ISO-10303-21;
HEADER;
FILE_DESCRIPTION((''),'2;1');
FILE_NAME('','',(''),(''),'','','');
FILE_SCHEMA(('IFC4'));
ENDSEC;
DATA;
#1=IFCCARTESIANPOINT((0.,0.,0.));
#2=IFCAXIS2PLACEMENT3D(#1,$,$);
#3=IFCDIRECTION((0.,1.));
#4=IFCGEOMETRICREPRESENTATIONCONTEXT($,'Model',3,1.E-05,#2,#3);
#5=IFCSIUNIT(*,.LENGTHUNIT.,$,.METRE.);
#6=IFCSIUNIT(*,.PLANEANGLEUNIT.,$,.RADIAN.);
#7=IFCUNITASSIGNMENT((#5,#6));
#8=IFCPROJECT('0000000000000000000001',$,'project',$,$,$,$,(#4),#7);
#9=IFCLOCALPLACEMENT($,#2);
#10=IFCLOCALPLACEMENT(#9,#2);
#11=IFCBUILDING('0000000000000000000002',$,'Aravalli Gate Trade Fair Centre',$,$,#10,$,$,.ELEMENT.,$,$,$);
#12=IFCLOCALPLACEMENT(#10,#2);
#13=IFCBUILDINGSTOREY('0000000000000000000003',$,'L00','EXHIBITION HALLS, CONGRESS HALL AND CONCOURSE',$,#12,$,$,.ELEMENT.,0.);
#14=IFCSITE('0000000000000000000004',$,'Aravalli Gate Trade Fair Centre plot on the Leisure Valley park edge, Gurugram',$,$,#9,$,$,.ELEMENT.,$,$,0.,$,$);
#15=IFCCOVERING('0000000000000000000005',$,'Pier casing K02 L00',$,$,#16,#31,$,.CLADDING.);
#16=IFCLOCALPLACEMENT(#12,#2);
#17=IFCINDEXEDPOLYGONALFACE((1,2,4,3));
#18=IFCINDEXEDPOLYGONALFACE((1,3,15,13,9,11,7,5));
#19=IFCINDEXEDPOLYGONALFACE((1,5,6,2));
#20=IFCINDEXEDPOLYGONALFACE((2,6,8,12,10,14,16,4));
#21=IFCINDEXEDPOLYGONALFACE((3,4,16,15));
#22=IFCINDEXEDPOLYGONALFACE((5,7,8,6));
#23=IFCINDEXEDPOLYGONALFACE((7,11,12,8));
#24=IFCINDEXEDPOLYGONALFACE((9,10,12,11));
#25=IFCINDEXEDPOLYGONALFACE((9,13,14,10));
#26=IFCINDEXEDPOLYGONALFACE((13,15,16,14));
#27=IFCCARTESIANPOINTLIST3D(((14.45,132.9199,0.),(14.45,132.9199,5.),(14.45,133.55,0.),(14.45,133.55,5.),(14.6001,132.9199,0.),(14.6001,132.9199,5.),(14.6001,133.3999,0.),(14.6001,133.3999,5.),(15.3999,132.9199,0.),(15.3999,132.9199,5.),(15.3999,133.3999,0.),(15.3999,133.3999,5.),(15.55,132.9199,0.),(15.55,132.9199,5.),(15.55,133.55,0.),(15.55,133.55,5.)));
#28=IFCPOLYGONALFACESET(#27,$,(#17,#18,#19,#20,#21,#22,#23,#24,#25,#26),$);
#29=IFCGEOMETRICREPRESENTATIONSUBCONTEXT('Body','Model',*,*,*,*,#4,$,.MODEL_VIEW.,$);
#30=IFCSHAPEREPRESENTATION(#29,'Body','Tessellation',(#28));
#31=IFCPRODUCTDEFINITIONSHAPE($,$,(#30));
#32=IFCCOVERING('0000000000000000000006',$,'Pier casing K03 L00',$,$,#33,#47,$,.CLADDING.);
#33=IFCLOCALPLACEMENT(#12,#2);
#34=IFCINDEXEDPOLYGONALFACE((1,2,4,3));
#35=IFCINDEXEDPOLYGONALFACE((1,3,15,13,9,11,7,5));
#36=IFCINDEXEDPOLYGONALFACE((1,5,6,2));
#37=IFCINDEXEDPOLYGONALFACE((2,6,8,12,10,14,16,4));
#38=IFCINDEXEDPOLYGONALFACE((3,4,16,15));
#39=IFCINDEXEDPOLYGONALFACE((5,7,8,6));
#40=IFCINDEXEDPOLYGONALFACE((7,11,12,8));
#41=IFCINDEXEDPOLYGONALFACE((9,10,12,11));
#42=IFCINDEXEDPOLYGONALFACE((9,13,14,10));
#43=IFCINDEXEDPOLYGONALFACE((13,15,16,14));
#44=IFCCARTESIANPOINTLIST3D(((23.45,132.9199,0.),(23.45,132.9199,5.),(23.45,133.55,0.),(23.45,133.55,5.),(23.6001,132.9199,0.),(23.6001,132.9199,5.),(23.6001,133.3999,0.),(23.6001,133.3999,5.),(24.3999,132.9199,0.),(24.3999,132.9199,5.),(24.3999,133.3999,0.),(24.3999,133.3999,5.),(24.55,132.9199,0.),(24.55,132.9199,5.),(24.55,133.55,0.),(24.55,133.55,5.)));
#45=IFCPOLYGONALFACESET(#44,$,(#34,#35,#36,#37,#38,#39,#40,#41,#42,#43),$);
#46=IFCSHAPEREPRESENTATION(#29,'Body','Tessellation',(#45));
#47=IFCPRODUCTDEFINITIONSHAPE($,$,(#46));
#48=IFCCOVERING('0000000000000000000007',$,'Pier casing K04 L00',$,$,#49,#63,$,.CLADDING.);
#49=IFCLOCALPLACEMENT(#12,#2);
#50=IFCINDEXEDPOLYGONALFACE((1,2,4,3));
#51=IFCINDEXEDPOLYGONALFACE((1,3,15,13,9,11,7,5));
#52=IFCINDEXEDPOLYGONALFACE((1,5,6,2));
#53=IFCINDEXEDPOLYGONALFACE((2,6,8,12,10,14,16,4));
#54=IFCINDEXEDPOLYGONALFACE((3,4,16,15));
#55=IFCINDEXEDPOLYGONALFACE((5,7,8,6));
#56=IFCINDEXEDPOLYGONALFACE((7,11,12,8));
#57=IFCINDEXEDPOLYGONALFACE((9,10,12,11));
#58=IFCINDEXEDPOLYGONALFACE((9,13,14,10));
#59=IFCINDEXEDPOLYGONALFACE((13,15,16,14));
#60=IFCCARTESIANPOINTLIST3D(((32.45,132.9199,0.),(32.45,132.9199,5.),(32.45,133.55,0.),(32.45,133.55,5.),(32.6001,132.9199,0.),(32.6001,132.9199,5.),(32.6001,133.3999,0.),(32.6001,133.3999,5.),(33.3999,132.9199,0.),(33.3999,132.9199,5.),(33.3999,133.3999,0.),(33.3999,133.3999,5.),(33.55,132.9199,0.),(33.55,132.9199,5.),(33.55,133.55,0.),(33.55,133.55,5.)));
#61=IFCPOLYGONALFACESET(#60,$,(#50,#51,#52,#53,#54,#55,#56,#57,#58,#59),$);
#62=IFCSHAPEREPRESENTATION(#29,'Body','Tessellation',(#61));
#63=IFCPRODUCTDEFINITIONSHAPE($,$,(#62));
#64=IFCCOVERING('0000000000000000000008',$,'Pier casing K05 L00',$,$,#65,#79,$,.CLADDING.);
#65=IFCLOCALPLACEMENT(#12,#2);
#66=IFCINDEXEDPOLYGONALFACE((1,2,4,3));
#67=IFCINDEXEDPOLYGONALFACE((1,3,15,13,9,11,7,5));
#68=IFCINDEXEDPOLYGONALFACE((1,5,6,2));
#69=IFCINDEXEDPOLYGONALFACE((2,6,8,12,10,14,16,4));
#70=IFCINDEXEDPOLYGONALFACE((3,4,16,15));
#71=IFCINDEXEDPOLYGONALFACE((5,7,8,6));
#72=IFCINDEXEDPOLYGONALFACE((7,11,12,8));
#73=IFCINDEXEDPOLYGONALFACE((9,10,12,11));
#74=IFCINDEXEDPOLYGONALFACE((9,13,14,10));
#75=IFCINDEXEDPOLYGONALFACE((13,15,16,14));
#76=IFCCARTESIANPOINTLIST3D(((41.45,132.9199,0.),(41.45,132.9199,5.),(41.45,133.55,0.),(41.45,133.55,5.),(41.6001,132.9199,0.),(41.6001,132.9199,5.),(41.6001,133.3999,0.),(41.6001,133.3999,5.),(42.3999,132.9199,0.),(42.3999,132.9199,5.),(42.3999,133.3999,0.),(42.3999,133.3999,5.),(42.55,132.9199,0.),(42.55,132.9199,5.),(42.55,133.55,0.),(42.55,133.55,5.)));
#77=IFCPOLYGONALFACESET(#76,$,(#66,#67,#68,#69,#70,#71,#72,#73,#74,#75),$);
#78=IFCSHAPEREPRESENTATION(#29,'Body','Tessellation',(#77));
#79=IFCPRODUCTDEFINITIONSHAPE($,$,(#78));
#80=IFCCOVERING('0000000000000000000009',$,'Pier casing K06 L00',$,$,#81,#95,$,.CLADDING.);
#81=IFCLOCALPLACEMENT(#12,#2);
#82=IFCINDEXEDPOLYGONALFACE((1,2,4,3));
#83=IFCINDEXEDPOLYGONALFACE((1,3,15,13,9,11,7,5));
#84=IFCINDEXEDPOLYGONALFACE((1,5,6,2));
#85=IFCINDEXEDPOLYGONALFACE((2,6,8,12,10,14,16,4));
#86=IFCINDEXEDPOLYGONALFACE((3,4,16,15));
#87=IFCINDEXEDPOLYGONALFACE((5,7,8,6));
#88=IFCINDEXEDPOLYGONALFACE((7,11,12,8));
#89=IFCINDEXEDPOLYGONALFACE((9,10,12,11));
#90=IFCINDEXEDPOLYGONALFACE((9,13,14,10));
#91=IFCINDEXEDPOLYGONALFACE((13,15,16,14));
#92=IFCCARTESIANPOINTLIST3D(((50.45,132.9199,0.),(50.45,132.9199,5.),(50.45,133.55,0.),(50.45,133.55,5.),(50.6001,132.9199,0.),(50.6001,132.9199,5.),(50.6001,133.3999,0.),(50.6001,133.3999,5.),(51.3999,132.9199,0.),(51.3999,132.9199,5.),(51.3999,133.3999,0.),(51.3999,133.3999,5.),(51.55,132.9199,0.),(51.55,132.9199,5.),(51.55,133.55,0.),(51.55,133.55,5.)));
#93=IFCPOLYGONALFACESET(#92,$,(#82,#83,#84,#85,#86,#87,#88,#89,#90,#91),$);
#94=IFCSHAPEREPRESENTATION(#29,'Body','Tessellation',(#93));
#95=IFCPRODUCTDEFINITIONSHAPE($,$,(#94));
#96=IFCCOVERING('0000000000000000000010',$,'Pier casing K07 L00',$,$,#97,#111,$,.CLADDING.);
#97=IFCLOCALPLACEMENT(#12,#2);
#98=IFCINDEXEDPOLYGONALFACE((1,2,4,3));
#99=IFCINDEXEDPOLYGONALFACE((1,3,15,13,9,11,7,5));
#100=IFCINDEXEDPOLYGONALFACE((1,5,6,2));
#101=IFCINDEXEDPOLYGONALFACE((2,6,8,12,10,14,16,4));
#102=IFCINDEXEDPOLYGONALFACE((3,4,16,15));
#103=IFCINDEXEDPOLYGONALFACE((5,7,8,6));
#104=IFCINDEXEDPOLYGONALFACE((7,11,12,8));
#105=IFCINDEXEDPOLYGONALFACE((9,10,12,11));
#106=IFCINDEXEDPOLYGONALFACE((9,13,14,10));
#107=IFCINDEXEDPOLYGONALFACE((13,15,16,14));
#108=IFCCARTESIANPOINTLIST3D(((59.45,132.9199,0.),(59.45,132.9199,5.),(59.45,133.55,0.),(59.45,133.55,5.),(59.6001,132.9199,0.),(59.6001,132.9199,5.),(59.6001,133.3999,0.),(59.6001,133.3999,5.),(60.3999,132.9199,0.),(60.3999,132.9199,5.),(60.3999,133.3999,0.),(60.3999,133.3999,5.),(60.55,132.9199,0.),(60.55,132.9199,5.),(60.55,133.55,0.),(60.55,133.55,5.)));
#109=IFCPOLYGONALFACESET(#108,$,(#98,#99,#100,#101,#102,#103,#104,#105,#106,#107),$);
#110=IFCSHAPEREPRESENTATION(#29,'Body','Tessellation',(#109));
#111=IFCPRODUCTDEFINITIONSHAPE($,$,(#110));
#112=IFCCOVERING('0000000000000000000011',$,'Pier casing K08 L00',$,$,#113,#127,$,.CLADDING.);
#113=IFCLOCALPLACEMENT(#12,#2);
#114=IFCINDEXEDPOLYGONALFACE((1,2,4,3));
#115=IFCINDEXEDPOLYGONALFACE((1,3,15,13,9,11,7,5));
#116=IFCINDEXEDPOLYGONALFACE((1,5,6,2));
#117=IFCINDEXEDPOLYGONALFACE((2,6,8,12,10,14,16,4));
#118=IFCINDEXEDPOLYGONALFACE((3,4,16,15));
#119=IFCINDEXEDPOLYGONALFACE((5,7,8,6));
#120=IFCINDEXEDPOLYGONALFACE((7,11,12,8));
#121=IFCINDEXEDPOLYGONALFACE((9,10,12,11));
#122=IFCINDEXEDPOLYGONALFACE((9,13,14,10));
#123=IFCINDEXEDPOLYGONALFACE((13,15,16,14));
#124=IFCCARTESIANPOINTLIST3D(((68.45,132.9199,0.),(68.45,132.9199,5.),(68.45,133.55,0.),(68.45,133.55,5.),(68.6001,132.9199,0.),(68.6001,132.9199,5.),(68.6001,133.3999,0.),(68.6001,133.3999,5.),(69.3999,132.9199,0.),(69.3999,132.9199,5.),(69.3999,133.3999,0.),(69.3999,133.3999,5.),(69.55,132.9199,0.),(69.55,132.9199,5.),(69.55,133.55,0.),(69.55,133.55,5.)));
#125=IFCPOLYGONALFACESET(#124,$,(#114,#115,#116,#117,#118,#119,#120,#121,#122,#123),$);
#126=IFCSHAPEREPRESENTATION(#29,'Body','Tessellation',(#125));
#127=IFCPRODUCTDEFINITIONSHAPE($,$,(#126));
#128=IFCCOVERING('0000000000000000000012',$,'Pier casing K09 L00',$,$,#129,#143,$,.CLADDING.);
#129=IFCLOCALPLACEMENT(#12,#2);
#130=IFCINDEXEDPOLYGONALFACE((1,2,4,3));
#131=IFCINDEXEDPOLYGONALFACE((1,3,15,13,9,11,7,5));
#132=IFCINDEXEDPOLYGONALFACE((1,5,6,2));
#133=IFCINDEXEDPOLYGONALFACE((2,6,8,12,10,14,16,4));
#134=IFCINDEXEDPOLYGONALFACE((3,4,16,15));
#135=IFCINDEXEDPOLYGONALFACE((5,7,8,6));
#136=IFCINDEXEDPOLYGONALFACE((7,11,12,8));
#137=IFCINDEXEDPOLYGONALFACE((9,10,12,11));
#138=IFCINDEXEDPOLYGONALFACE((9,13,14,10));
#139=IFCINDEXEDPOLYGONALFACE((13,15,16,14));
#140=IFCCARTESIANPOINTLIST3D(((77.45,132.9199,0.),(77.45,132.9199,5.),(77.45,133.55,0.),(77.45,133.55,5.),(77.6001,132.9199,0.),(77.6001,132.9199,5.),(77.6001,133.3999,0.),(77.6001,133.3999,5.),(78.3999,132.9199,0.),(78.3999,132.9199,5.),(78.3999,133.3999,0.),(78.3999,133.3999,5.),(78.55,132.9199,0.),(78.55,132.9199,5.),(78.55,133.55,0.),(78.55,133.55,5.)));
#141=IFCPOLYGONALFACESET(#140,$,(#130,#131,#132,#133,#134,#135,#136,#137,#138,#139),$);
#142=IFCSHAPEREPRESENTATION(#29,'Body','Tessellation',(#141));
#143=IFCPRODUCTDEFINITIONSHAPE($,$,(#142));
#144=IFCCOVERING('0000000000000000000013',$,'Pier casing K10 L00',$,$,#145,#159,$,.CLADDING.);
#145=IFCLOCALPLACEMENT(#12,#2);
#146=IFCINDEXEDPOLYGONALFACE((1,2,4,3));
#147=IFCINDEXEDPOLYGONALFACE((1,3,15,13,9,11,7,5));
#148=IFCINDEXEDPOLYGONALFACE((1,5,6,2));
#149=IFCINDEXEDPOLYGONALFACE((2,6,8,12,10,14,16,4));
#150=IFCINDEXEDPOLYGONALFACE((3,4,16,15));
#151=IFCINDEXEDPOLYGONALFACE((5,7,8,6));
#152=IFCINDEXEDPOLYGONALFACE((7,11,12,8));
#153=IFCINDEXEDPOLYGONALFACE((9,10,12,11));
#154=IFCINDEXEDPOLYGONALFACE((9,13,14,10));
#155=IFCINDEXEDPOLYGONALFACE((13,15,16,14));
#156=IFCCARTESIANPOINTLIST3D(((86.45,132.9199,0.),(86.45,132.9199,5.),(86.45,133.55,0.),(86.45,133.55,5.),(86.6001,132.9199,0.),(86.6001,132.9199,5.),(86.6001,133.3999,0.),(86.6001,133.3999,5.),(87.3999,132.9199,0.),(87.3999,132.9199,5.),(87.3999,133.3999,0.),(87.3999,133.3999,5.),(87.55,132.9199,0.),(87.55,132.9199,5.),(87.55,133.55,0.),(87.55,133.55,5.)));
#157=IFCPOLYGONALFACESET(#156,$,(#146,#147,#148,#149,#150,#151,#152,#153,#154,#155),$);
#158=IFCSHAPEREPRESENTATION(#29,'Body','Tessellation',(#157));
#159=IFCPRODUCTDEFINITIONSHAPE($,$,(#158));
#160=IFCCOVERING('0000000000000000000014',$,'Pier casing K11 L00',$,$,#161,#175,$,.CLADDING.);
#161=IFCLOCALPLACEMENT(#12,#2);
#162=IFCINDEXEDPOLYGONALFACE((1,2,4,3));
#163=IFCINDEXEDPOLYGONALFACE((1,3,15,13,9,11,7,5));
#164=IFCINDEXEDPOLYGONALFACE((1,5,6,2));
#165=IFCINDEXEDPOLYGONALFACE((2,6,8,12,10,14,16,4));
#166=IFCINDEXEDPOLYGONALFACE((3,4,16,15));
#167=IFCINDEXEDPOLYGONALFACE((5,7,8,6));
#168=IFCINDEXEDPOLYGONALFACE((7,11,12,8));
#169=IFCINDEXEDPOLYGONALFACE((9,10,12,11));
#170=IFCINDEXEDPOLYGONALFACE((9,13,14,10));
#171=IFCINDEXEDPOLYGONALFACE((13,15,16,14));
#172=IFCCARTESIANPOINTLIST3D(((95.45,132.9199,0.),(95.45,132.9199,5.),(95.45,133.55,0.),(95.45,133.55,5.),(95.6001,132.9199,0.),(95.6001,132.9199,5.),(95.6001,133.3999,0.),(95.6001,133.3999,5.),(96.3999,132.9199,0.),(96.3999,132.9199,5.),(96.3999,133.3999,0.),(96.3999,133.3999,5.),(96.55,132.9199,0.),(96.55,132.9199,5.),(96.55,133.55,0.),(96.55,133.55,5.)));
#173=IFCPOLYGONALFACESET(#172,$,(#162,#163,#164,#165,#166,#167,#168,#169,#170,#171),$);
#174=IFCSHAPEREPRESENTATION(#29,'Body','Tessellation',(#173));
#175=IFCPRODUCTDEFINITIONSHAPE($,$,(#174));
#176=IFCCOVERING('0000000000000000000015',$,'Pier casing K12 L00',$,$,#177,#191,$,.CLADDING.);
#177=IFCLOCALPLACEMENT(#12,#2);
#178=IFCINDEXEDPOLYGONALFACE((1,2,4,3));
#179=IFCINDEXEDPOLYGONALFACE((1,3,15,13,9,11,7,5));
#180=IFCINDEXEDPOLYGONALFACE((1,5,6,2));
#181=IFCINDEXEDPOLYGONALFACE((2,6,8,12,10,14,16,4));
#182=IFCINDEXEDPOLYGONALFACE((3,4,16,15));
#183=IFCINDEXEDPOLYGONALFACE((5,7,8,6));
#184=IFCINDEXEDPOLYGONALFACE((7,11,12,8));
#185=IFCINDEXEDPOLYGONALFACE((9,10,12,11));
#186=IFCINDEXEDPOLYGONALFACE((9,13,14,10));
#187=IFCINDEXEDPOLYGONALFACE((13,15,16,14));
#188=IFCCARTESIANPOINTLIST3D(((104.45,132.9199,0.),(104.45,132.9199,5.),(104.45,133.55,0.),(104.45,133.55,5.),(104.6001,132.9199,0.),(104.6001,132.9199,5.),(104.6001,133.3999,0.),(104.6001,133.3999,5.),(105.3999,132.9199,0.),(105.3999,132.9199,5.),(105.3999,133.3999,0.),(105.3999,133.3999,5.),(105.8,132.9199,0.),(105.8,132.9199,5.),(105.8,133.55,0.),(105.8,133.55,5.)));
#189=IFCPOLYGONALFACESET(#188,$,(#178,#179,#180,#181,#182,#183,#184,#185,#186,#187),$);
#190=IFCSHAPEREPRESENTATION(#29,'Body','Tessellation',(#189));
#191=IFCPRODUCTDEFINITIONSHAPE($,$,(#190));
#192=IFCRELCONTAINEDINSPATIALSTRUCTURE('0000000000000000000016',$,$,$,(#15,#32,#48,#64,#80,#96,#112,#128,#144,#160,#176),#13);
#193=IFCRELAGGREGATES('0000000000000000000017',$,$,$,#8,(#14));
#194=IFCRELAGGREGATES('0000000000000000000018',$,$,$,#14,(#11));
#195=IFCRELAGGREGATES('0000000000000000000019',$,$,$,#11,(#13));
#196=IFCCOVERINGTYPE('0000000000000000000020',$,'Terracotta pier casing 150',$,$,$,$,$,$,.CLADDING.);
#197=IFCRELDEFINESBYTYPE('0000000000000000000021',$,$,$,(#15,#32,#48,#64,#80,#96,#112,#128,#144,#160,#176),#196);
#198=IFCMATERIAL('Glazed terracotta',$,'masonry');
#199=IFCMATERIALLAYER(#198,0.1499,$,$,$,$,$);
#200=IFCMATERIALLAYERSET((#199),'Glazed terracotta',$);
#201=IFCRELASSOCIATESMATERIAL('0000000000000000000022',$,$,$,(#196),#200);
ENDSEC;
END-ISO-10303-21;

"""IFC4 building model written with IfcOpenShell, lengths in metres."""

from ifc_helpers import new_model, si_unit, direction, origin, place, context, subcontext, project, spatial, polyline, outline, extrude, material, layer, layer_set, type_object, element, save


model = new_model("IFC4")

# Units and contexts
model_context = context("Model", 3, precision=1e-05, world=origin(), true_north=direction((0.0, 1.0)))
body_context = subcontext(model_context, "Body", "Model", "MODEL_VIEW")
ifc_project = project(units=[si_unit("LENGTHUNIT", "METRE"), si_unit("PLANEANGLEUNIT", "RADIAN")], contexts=[model_context])

# Site, building, storey
site_placement = place(None, origin())
site = spatial("IfcSite", under=ifc_project, at=site_placement, Name="Aravalli Gate Trade Fair Centre plot on the Leisure Valley park edge, Gurugram", CompositionType="ELEMENT", RefElevation=0.0)
building_placement = place(site_placement, origin())
building = spatial("IfcBuilding", under=site, at=building_placement, Name="Aravalli Gate Trade Fair Centre", CompositionType="ELEMENT")
storey_placement = place(building_placement, origin())
storey = spatial("IfcBuildingStorey", under=building, at=storey_placement, Name="L00", Description="EXHIBITION HALLS, CONGRESS HALL AND CONCOURSE", CompositionType="ELEMENT", Elevation=0.0)

# Coverings
ifc_material_1 = material(Name="Glazed terracotta", Category="masonry")
ifc_layer_1 = layer(ifc_material_1, 0.1499)
ifc_layer_set_1 = layer_set([ifc_layer_1], Name="Glazed terracotta")
covering_type = type_object("IfcCoveringType", Name="Terracotta pier casing 150", PredefinedType="CLADDING", material=ifc_layer_set_1)
covering_1_placement = place(storey_placement, origin())
element("IfcCovering", 1, at=covering_1_placement, inside=storey, type_object=covering_type, Name="Pier casing K02 L00", PredefinedType="CLADDING", context=body_context, shape_type="SweptSolid", body=[
    extrude(outline(polyline([(14.45, 132.9199), (14.6001, 132.9199), (14.6001, 133.3999), (15.3999, 133.3999), (15.3999, 132.9199), (15.55, 132.9199), (15.55, 133.55), (14.45, 133.55), (14.45, 132.9199)])), origin(), (0.0, 0.0, 1.0), 5.0),
])
covering_2_placement = place(storey_placement, origin())
element("IfcCovering", 2, at=covering_2_placement, inside=storey, type_object=covering_type, Name="Pier casing K03 L00", PredefinedType="CLADDING", context=body_context, shape_type="SweptSolid", body=[
    extrude(outline(polyline([(23.45, 132.9199), (23.6001, 132.9199), (23.6001, 133.3999), (24.3999, 133.3999), (24.3999, 132.9199), (24.55, 132.9199), (24.55, 133.55), (23.45, 133.55), (23.45, 132.9199)])), origin(), (0.0, 0.0, 1.0), 5.0),
])
covering_3_placement = place(storey_placement, origin())
element("IfcCovering", 3, at=covering_3_placement, inside=storey, type_object=covering_type, Name="Pier casing K04 L00", PredefinedType="CLADDING", context=body_context, shape_type="SweptSolid", body=[
    extrude(outline(polyline([(32.45, 132.9199), (32.6001, 132.9199), (32.6001, 133.3999), (33.3999, 133.3999), (33.3999, 132.9199), (33.55, 132.9199), (33.55, 133.55), (32.45, 133.55), (32.45, 132.9199)])), origin(), (0.0, 0.0, 1.0), 5.0),
])
covering_4_placement = place(storey_placement, origin())
element("IfcCovering", 4, at=covering_4_placement, inside=storey, type_object=covering_type, Name="Pier casing K05 L00", PredefinedType="CLADDING", context=body_context, shape_type="SweptSolid", body=[
    extrude(outline(polyline([(41.45, 132.9199), (41.6001, 132.9199), (41.6001, 133.3999), (42.3999, 133.3999), (42.3999, 132.9199), (42.55, 132.9199), (42.55, 133.55), (41.45, 133.55), (41.45, 132.9199)])), origin(), (0.0, 0.0, 1.0), 5.0),
])
covering_5_placement = place(storey_placement, origin())
element("IfcCovering", 5, at=covering_5_placement, inside=storey, type_object=covering_type, Name="Pier casing K06 L00", PredefinedType="CLADDING", context=body_context, shape_type="SweptSolid", body=[
    extrude(outline(polyline([(50.45, 132.9199), (50.6001, 132.9199), (50.6001, 133.3999), (51.3999, 133.3999), (51.3999, 132.9199), (51.55, 132.9199), (51.55, 133.55), (50.45, 133.55), (50.45, 132.9199)])), origin(), (0.0, 0.0, 1.0), 5.0),
])
covering_6_placement = place(storey_placement, origin())
element("IfcCovering", 6, at=covering_6_placement, inside=storey, type_object=covering_type, Name="Pier casing K07 L00", PredefinedType="CLADDING", context=body_context, shape_type="SweptSolid", body=[
    extrude(outline(polyline([(59.45, 132.9199), (59.6001, 132.9199), (59.6001, 133.3999), (60.3999, 133.3999), (60.3999, 132.9199), (60.55, 132.9199), (60.55, 133.55), (59.45, 133.55), (59.45, 132.9199)])), origin(), (0.0, 0.0, 1.0), 5.0),
])
covering_7_placement = place(storey_placement, origin())
element("IfcCovering", 7, at=covering_7_placement, inside=storey, type_object=covering_type, Name="Pier casing K08 L00", PredefinedType="CLADDING", context=body_context, shape_type="SweptSolid", body=[
    extrude(outline(polyline([(68.45, 132.9199), (68.6001, 132.9199), (68.6001, 133.3999), (69.3999, 133.3999), (69.3999, 132.9199), (69.55, 132.9199), (69.55, 133.55), (68.45, 133.55), (68.45, 132.9199)])), origin(), (0.0, 0.0, 1.0), 5.0),
])
covering_8_placement = place(storey_placement, origin())
element("IfcCovering", 8, at=covering_8_placement, inside=storey, type_object=covering_type, Name="Pier casing K09 L00", PredefinedType="CLADDING", context=body_context, shape_type="SweptSolid", body=[
    extrude(outline(polyline([(77.45, 132.9199), (77.6001, 132.9199), (77.6001, 133.3999), (78.3999, 133.3999), (78.3999, 132.9199), (78.55, 132.9199), (78.55, 133.55), (77.45, 133.55), (77.45, 132.9199)])), origin(), (0.0, 0.0, 1.0), 5.0),
])
covering_9_placement = place(storey_placement, origin())
element("IfcCovering", 9, at=covering_9_placement, inside=storey, type_object=covering_type, Name="Pier casing K10 L00", PredefinedType="CLADDING", context=body_context, shape_type="SweptSolid", body=[
    extrude(outline(polyline([(86.45, 132.9199), (86.6001, 132.9199), (86.6001, 133.3999), (87.3999, 133.3999), (87.3999, 132.9199), (87.55, 132.9199), (87.55, 133.55), (86.45, 133.55), (86.45, 132.9199)])), origin(), (0.0, 0.0, 1.0), 5.0),
])
covering_10_placement = place(storey_placement, origin())
element("IfcCovering", 10, at=covering_10_placement, inside=storey, type_object=covering_type, Name="Pier casing K11 L00", PredefinedType="CLADDING", context=body_context, shape_type="SweptSolid", body=[
    extrude(outline(polyline([(95.45, 132.9199), (95.6001, 132.9199), (95.6001, 133.3999), (96.3999, 133.3999), (96.3999, 132.9199), (96.55, 132.9199), (96.55, 133.55), (95.45, 133.55), (95.45, 132.9199)])), origin(), (0.0, 0.0, 1.0), 5.0),
])
covering_11_placement = place(storey_placement, origin())
element("IfcCovering", 11, at=covering_11_placement, inside=storey, type_object=covering_type, Name="Pier casing K12 L00", PredefinedType="CLADDING", context=body_context, shape_type="SweptSolid", body=[
    extrude(outline(polyline([(104.45, 132.9199), (104.6001, 132.9199), (104.6001, 133.3999), (105.3999, 133.3999), (105.3999, 132.9199), (105.8, 132.9199), (105.8, 133.55), (104.45, 133.55), (104.45, 132.9199)])), origin(), (0.0, 0.0, 1.0), 5.0),
])

save(model, "model.ifc")
